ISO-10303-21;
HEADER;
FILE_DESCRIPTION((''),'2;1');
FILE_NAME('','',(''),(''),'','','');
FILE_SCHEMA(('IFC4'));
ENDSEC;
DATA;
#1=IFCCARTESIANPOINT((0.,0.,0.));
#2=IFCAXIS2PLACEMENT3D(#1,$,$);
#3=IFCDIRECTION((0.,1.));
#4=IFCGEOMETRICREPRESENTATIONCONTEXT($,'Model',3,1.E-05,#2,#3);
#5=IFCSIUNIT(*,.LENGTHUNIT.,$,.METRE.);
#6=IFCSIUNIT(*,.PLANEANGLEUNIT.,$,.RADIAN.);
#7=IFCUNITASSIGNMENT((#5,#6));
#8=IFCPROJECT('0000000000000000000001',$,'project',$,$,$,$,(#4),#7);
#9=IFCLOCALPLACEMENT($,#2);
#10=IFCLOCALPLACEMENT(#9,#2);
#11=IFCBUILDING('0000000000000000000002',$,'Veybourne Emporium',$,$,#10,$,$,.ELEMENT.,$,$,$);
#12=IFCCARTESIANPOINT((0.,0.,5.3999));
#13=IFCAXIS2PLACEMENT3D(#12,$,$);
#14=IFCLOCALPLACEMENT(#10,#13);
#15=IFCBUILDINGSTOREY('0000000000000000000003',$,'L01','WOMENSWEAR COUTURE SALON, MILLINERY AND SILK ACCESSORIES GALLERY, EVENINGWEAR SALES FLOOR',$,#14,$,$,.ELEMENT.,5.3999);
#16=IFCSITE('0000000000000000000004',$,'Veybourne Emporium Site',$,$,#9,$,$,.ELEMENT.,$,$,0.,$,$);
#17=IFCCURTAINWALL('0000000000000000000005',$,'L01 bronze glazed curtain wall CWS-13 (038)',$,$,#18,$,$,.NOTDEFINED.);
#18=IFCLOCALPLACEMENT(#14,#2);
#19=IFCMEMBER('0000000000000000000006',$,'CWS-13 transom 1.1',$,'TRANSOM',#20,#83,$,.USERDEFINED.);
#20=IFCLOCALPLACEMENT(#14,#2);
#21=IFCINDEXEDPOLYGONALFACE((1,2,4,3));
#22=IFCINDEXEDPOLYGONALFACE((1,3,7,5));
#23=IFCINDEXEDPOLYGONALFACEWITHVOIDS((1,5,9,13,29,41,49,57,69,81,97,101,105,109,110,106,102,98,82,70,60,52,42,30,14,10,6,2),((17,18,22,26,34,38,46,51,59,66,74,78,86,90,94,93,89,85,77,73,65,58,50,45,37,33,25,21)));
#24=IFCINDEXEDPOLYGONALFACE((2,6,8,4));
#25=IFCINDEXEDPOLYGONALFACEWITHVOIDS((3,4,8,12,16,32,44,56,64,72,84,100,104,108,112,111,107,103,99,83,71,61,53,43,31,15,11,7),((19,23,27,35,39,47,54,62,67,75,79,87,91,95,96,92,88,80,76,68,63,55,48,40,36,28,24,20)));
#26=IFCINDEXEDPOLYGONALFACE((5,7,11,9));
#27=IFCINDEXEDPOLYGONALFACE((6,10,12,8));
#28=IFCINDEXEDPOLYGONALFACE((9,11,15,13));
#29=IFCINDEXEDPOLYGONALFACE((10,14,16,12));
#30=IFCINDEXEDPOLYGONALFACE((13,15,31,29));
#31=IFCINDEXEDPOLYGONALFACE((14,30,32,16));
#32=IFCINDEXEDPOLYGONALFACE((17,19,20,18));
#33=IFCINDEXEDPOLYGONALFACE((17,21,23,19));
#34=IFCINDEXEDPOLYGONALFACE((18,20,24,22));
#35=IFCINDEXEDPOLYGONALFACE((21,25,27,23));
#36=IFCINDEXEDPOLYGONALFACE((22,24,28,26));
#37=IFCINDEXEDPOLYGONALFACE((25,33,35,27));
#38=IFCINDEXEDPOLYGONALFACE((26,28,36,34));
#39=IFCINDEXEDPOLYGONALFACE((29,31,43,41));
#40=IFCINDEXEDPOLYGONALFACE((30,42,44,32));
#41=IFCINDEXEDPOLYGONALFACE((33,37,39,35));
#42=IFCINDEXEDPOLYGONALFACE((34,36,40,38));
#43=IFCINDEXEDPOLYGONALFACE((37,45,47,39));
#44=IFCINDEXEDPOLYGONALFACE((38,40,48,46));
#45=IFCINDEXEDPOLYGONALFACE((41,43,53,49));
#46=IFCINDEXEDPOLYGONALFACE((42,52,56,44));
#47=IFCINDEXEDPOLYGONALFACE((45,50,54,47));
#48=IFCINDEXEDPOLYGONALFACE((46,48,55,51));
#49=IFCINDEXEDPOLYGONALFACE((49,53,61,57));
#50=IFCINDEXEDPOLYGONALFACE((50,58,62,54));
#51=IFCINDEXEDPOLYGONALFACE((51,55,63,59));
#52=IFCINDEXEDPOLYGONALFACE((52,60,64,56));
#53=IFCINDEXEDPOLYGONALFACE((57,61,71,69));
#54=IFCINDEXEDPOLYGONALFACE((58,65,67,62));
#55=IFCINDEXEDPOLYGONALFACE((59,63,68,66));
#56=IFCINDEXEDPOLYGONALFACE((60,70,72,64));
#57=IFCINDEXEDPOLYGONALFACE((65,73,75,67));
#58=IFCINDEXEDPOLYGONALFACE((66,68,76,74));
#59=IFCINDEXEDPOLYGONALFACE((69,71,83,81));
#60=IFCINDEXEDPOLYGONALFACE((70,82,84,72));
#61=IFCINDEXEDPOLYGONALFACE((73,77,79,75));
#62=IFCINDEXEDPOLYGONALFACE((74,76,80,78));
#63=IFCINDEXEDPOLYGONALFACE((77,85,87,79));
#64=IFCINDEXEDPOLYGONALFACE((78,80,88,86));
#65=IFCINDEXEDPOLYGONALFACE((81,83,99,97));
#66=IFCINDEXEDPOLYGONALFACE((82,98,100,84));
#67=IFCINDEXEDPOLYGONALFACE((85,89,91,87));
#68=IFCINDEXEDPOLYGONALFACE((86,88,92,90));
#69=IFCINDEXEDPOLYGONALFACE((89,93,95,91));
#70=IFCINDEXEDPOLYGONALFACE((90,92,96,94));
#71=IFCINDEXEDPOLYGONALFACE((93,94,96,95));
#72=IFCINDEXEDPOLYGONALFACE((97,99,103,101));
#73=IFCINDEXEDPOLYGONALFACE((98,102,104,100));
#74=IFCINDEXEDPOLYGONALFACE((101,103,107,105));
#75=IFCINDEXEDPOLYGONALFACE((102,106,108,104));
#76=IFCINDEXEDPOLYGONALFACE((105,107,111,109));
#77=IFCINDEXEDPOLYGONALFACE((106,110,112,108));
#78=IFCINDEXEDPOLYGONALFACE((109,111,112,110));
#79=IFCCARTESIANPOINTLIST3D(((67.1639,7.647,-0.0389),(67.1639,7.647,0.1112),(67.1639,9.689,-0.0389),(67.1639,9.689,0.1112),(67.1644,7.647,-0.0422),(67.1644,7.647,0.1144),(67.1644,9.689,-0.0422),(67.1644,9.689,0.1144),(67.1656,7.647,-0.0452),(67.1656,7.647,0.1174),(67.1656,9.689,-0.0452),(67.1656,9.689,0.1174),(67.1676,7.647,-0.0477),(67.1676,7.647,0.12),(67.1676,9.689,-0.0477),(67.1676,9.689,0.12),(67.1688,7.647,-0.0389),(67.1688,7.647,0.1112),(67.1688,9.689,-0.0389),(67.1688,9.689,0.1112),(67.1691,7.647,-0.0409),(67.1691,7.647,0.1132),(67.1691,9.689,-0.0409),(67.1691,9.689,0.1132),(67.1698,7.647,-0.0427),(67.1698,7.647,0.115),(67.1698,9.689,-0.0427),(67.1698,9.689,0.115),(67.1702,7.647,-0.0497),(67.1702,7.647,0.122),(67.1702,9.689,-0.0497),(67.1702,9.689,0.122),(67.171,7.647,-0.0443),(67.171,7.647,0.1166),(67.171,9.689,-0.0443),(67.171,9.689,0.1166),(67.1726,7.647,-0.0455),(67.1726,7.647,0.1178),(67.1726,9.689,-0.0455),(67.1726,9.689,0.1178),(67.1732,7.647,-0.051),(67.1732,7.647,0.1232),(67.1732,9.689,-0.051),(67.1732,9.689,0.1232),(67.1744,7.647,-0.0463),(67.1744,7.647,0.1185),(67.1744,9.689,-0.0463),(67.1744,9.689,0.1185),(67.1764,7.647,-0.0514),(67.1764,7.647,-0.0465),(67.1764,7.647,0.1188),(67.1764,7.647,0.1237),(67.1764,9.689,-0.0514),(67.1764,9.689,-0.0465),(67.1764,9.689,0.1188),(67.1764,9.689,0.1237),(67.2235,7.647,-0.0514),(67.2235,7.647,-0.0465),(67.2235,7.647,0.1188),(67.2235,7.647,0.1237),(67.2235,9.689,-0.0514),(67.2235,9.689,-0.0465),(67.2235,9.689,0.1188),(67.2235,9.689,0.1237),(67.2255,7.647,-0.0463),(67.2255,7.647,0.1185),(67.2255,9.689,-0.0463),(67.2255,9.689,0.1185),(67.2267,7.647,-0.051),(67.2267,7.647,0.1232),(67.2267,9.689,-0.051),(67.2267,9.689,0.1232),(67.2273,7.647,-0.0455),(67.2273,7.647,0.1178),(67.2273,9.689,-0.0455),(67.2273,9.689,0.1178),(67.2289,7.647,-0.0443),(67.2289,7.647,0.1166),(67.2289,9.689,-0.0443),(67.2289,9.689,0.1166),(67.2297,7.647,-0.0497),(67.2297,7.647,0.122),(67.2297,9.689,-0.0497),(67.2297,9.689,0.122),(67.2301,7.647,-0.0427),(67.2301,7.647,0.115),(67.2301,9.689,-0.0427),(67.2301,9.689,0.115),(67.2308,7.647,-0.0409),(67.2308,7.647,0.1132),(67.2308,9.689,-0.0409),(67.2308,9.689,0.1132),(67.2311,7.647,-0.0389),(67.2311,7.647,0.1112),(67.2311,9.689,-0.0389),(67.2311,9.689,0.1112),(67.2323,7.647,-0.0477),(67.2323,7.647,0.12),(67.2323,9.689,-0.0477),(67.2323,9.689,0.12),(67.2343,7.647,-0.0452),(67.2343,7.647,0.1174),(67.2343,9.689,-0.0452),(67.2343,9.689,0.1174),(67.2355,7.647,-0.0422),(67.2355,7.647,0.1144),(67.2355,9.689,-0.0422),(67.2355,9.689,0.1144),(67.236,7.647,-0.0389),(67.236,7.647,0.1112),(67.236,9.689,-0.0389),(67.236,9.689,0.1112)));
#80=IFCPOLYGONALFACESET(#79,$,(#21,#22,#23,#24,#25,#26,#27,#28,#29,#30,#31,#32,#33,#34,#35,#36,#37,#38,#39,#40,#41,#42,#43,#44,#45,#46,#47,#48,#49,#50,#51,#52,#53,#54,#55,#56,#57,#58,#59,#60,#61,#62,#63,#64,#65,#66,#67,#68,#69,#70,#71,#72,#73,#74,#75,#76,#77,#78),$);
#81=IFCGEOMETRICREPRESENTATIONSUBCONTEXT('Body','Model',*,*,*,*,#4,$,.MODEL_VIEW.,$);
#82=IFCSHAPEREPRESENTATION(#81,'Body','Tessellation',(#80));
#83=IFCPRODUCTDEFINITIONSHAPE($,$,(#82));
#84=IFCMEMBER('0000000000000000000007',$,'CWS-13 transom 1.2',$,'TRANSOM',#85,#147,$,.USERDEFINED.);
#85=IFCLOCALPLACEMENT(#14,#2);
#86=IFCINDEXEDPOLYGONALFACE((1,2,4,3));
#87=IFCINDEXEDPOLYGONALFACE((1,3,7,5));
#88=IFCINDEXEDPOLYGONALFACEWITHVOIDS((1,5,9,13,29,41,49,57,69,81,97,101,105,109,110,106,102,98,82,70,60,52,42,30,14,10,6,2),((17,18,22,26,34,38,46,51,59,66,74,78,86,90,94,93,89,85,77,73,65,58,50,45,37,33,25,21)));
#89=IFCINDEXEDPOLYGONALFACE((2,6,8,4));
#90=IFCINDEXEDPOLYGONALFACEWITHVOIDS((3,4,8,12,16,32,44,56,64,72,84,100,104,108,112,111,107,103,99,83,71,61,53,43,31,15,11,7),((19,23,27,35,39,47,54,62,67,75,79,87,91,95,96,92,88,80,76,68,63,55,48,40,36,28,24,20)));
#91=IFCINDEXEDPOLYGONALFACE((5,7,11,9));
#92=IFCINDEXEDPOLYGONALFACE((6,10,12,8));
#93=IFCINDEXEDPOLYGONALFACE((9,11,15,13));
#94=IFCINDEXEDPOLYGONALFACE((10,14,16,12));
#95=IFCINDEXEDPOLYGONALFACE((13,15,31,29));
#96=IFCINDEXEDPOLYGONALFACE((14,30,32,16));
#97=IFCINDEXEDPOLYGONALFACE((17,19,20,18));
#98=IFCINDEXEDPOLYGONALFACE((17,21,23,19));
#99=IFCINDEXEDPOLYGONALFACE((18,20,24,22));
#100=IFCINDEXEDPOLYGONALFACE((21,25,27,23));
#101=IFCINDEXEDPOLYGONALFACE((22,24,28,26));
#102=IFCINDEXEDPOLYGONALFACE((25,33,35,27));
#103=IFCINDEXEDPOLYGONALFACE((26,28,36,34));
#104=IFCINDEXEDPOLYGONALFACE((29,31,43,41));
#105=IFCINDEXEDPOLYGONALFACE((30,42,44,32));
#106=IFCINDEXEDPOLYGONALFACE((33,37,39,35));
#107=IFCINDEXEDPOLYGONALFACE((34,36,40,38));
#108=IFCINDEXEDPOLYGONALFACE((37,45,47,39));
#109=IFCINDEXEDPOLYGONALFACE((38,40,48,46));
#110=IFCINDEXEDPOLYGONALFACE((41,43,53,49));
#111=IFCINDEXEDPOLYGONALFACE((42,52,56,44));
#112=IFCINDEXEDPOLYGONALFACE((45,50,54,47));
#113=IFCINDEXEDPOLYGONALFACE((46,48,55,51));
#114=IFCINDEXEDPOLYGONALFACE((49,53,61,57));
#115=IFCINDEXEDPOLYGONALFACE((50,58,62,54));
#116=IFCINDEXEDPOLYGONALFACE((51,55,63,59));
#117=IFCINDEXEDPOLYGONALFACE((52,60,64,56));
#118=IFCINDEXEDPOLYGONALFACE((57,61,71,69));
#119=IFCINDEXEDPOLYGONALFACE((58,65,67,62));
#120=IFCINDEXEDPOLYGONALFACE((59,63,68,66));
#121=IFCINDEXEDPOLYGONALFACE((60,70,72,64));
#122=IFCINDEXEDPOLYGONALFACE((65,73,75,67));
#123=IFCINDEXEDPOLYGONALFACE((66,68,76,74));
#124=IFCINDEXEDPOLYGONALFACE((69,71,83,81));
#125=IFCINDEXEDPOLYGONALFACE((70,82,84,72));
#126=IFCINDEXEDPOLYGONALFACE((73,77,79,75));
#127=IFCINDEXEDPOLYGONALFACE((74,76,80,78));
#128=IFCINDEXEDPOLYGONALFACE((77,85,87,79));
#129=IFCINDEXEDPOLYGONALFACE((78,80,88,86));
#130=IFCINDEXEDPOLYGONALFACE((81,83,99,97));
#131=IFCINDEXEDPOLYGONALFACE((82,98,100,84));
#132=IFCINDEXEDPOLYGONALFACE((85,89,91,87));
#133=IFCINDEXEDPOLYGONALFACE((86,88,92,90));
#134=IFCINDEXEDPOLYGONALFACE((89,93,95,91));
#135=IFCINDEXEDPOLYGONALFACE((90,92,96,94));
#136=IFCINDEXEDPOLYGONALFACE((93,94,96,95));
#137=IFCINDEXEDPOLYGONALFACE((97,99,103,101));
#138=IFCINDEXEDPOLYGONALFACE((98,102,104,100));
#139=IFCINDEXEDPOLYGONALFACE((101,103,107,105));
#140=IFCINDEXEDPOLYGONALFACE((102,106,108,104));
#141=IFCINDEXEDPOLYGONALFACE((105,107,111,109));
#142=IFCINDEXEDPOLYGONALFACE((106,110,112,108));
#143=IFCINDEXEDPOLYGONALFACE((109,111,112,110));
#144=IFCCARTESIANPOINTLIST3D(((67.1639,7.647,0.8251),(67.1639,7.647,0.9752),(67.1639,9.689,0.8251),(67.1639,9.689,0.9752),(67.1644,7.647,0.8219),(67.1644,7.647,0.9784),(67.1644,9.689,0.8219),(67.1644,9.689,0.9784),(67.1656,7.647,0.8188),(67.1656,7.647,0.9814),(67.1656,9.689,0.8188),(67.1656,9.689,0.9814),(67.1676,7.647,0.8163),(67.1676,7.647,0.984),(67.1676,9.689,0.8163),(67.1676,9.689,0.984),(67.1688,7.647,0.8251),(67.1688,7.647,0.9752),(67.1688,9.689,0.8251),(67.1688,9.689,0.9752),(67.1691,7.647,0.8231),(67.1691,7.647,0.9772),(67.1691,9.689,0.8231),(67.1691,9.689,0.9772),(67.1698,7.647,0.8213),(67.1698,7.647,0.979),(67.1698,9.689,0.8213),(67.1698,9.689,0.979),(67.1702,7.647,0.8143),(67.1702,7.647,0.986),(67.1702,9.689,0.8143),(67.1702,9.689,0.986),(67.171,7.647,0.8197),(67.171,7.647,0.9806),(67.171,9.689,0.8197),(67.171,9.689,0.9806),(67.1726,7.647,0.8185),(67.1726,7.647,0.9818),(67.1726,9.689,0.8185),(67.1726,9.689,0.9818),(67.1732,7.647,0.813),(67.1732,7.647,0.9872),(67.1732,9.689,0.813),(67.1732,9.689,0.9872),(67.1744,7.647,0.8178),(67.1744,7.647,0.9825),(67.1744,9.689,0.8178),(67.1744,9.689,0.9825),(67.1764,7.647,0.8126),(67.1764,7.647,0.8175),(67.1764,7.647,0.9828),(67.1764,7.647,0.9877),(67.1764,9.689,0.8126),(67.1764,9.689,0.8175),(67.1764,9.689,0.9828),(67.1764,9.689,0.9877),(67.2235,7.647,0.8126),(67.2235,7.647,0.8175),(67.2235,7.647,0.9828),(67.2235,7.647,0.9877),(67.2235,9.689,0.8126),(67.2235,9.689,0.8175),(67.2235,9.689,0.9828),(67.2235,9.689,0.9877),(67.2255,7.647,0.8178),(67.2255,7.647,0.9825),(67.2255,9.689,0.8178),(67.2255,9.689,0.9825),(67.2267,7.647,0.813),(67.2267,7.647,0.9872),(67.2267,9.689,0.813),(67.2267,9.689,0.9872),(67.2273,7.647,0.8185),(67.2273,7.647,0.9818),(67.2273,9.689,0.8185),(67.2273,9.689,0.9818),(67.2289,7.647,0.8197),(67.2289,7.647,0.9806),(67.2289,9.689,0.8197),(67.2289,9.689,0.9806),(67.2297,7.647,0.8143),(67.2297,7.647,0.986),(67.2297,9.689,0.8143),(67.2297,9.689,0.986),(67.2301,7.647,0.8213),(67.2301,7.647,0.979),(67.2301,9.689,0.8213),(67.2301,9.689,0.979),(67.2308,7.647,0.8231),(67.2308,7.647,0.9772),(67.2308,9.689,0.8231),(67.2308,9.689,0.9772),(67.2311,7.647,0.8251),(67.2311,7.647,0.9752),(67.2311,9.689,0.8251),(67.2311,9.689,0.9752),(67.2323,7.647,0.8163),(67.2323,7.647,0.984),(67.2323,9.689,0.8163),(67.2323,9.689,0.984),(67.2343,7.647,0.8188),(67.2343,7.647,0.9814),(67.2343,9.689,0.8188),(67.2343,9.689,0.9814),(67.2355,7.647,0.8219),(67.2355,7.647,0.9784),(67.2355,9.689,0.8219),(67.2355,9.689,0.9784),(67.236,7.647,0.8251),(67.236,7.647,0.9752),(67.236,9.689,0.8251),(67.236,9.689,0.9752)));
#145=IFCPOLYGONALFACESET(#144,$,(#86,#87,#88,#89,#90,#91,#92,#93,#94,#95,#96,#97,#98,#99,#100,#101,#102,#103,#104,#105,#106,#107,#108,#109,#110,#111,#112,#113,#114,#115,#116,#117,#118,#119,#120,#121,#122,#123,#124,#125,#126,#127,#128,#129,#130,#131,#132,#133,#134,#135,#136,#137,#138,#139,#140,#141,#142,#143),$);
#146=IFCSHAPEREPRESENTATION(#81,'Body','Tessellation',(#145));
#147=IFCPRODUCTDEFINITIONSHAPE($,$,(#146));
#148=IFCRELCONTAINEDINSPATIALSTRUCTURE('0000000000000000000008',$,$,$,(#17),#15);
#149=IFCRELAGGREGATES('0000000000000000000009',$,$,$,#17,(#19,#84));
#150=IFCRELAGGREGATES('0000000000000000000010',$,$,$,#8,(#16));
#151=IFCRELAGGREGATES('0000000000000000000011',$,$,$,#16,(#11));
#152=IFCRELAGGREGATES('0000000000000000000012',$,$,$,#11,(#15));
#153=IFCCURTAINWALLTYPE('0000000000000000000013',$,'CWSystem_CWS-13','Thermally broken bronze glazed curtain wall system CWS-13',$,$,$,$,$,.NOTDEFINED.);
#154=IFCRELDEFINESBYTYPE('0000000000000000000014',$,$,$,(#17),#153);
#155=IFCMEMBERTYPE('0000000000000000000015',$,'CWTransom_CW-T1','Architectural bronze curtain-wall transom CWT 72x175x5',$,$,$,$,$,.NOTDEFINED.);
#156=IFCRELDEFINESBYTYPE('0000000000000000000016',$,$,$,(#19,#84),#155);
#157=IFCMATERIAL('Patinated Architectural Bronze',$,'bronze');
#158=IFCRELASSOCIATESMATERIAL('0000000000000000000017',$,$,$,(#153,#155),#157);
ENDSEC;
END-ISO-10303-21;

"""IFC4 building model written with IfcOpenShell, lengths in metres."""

from ifc_helpers import new_model, si_unit, direction, frame, origin, origin_2d, place, context, subcontext, project, spatial, hollow_rectangle, extrude, material, material_profile, profile_set, type_object, element, aggregate, save


model = new_model("IFC4")

# Units and contexts
model_context = context("Model", 3, precision=1e-05, world=origin(), true_north=direction((0.0, 1.0)))
body_context = subcontext(model_context, "Body", "Model", "MODEL_VIEW")
ifc_project = project(units=[si_unit("LENGTHUNIT", "METRE"), si_unit("PLANEANGLEUNIT", "RADIAN")], contexts=[model_context])

# Site, building, storey
site_placement = place(None, origin())
site = spatial("IfcSite", under=ifc_project, at=site_placement, Name="Veybourne Emporium Site", CompositionType="ELEMENT", RefElevation=0.0)
building_placement = place(site_placement, origin())
building = spatial("IfcBuilding", under=site, at=building_placement, Name="Veybourne Emporium", CompositionType="ELEMENT")
storey_placement = place(building_placement, frame((0.0, 0.0, 5.3999)))
storey = spatial("IfcBuildingStorey", under=building, at=storey_placement, Name="L01", Description="WOMENSWEAR COUTURE SALON, MILLINERY AND SILK ACCESSORIES GALLERY, EVENINGWEAR SALES FLOOR", CompositionType="ELEMENT", Elevation=5.3999)

# Curtain wall
ifc_material_1 = material(Name="Patinated Architectural Bronze", Category="bronze")
curtain_wall_type_1 = type_object("IfcCurtainWallType", Name="CWSystem_CWS-13", Description="Thermally broken bronze glazed curtain wall system CWS-13", PredefinedType="NOTDEFINED", material=ifc_material_1)
curtain_wall_1_placement = place(storey_placement, origin())
curtain_wall_1 = element("IfcCurtainWall", 1, at=curtain_wall_1_placement, inside=storey, type_object=curtain_wall_type_1, Name="L01 bronze glazed curtain wall CWS-13 (038)", PredefinedType="NOTDEFINED")

# Members
ifc_material_profile_1 = material_profile(ifc_material_1, hollow_rectangle(XDim=0.072, YDim=0.175, WallThickness=0.0049, InnerFilletRadius=0.0076, OuterFilletRadius=0.0125, at=origin_2d()), Name="CWT 72x175x5")
ifc_profile_set_1 = profile_set([ifc_material_profile_1], Name="Patinated Architectural Bronze")
member_type_1 = type_object("IfcMemberType", Name="CWTransom_CW-T1", Description="Architectural bronze curtain-wall transom CWT 72x175x5", PredefinedType="NOTDEFINED", material=ifc_profile_set_1)
member_1_placement = place(storey_placement, frame((67.2, 7.647, 0.0361), z_axis=(0.0, 1.0, 0.0), x_axis=(-1.0, 0.0, 0.0)))
member_1 = element("IfcMember", 2, at=member_1_placement, type_object=member_type_1, Name="CWS-13 transom 1.1", ObjectType="TRANSOM", PredefinedType="USERDEFINED", context=body_context, shape_type="SweptSolid", body=[
    extrude(hollow_rectangle(XDim=0.072, YDim=0.175, WallThickness=0.0049, InnerFilletRadius=0.0076, OuterFilletRadius=0.0125, at=origin_2d()), origin(), (0.0, 0.0, 1.0), 2.042),
])
member_2_placement = place(storey_placement, frame((67.2, 7.647, 0.9001), z_axis=(0.0, 1.0, 0.0), x_axis=(-1.0, 0.0, 0.0)))
member_2 = element("IfcMember", 3, at=member_2_placement, type_object=member_type_1, Name="CWS-13 transom 1.2", ObjectType="TRANSOM", PredefinedType="USERDEFINED", context=body_context, shape_type="SweptSolid", body=[
    extrude(hollow_rectangle(XDim=0.072, YDim=0.175, WallThickness=0.0049, InnerFilletRadius=0.0076, OuterFilletRadius=0.0125, at=origin_2d()), origin(), (0.0, 0.0, 1.0), 2.042),
])

aggregate(curtain_wall_1, [member_1, member_2])

save(model, "model.ifc")
